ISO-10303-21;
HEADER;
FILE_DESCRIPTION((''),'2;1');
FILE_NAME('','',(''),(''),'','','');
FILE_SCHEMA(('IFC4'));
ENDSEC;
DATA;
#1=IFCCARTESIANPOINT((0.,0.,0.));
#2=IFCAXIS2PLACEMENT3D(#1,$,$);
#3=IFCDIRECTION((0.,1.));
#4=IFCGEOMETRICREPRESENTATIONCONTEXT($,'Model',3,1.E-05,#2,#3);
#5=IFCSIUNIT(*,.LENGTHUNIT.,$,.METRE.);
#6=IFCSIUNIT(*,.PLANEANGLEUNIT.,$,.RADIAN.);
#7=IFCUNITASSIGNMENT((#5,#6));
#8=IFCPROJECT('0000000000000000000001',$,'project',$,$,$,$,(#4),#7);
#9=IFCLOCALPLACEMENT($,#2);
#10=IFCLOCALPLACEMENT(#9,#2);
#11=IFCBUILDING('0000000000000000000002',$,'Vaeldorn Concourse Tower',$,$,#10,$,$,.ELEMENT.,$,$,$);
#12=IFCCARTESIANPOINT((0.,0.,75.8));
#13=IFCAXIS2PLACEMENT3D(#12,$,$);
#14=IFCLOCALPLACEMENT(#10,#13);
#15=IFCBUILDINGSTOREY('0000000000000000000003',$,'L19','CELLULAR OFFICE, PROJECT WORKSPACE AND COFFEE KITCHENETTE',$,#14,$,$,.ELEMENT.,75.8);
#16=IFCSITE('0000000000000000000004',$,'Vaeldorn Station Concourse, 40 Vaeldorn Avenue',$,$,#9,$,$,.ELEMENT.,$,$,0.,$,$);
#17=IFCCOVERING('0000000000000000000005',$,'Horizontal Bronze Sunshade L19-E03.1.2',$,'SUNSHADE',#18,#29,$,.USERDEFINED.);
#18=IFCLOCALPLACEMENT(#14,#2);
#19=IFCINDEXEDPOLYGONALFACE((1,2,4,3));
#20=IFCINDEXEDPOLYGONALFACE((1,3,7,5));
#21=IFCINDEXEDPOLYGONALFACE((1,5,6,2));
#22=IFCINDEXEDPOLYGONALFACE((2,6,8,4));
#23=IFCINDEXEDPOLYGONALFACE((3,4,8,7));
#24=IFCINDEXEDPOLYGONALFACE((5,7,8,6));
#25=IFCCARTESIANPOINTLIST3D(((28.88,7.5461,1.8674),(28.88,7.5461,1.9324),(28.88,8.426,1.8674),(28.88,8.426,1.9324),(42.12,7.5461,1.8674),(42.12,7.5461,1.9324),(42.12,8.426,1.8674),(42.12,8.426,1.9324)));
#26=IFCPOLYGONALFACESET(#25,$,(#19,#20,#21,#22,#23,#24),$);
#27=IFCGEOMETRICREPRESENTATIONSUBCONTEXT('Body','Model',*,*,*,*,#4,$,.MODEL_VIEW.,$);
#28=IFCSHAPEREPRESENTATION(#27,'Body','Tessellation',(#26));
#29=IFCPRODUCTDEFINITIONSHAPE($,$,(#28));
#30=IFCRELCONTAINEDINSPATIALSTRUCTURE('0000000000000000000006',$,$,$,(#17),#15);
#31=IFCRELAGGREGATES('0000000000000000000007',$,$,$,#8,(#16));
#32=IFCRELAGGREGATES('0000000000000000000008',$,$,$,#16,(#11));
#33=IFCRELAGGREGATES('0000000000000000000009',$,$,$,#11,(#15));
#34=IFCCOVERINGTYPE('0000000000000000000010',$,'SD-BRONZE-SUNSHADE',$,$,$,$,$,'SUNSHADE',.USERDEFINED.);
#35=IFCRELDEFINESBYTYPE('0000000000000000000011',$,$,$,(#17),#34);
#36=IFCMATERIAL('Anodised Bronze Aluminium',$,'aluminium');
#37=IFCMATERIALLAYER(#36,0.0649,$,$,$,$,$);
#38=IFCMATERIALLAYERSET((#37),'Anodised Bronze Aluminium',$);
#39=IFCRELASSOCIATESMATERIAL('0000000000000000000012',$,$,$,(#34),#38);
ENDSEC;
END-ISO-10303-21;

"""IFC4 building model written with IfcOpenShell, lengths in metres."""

from ifc_helpers import new_model, si_unit, direction, frame, origin, origin_2d, place, context, subcontext, project, spatial, rectangle, extrude, source, transform, mapped, material, layer, layer_set, type_object, element, save


model = new_model("IFC4")

# Units and contexts
model_context = context("Model", 3, precision=1e-05, world=origin(), true_north=direction((0.0, 1.0)))
body_context = subcontext(model_context, "Body", "Model", "MODEL_VIEW")
ifc_project = project(units=[si_unit("LENGTHUNIT", "METRE"), si_unit("PLANEANGLEUNIT", "RADIAN")], contexts=[model_context])

# Site, building, storey
site_placement = place(None, origin())
site = spatial("IfcSite", under=ifc_project, at=site_placement, Name="Vaeldorn Station Concourse, 40 Vaeldorn Avenue", CompositionType="ELEMENT", RefElevation=0.0)
building_placement = place(site_placement, origin())
building = spatial("IfcBuilding", under=site, at=building_placement, Name="Vaeldorn Concourse Tower", CompositionType="ELEMENT")
storey_placement = place(building_placement, frame((0.0, 0.0, 75.8)))
storey = spatial("IfcBuildingStorey", under=building, at=storey_placement, Name="L19", Description="CELLULAR OFFICE, PROJECT WORKSPACE AND COFFEE KITCHENETTE", CompositionType="ELEMENT", Elevation=75.8)

# Shared definitions
ifc_material_1 = material(Name="Anodised Bronze Aluminium", Category="aluminium")

# Covering
ifc_layer_1 = layer(ifc_material_1, 0.0649)
ifc_layer_set_1 = layer_set([ifc_layer_1], Name="Anodised Bronze Aluminium")
covering_type = type_object("IfcCoveringType", Name="SD-BRONZE-SUNSHADE", ElementType="SUNSHADE", PredefinedType="USERDEFINED", material=ifc_layer_set_1)
shared_shape_1 = source(origin(), body_context, "Body", "SweptSolid", [
    extrude(rectangle(XDim=13.24, YDim=0.8799, at=origin_2d()), origin(), (0.0, 0.0, 1.0), 0.0649),
])
for number, where, z_axis, x_axis, name in (
    (1, (35.5, 7.9861, 1.8674), (0.0, 0.0, 1.0), (1.0, 0.0, 0.0), "Horizontal Bronze Sunshade L19-E03.1.2"),
):
    element("IfcCovering", number, at=place(storey_placement, frame(where, z_axis=z_axis, x_axis=x_axis)), inside=storey, type_object=covering_type, Name=name, ObjectType="SUNSHADE", PredefinedType="USERDEFINED", context=body_context, shape_type="MappedRepresentation", body=[
        mapped(shared_shape_1, transform((0.0, 0.0, 0.0), scale=1.0)),
    ])

save(model, "model.ifc")
